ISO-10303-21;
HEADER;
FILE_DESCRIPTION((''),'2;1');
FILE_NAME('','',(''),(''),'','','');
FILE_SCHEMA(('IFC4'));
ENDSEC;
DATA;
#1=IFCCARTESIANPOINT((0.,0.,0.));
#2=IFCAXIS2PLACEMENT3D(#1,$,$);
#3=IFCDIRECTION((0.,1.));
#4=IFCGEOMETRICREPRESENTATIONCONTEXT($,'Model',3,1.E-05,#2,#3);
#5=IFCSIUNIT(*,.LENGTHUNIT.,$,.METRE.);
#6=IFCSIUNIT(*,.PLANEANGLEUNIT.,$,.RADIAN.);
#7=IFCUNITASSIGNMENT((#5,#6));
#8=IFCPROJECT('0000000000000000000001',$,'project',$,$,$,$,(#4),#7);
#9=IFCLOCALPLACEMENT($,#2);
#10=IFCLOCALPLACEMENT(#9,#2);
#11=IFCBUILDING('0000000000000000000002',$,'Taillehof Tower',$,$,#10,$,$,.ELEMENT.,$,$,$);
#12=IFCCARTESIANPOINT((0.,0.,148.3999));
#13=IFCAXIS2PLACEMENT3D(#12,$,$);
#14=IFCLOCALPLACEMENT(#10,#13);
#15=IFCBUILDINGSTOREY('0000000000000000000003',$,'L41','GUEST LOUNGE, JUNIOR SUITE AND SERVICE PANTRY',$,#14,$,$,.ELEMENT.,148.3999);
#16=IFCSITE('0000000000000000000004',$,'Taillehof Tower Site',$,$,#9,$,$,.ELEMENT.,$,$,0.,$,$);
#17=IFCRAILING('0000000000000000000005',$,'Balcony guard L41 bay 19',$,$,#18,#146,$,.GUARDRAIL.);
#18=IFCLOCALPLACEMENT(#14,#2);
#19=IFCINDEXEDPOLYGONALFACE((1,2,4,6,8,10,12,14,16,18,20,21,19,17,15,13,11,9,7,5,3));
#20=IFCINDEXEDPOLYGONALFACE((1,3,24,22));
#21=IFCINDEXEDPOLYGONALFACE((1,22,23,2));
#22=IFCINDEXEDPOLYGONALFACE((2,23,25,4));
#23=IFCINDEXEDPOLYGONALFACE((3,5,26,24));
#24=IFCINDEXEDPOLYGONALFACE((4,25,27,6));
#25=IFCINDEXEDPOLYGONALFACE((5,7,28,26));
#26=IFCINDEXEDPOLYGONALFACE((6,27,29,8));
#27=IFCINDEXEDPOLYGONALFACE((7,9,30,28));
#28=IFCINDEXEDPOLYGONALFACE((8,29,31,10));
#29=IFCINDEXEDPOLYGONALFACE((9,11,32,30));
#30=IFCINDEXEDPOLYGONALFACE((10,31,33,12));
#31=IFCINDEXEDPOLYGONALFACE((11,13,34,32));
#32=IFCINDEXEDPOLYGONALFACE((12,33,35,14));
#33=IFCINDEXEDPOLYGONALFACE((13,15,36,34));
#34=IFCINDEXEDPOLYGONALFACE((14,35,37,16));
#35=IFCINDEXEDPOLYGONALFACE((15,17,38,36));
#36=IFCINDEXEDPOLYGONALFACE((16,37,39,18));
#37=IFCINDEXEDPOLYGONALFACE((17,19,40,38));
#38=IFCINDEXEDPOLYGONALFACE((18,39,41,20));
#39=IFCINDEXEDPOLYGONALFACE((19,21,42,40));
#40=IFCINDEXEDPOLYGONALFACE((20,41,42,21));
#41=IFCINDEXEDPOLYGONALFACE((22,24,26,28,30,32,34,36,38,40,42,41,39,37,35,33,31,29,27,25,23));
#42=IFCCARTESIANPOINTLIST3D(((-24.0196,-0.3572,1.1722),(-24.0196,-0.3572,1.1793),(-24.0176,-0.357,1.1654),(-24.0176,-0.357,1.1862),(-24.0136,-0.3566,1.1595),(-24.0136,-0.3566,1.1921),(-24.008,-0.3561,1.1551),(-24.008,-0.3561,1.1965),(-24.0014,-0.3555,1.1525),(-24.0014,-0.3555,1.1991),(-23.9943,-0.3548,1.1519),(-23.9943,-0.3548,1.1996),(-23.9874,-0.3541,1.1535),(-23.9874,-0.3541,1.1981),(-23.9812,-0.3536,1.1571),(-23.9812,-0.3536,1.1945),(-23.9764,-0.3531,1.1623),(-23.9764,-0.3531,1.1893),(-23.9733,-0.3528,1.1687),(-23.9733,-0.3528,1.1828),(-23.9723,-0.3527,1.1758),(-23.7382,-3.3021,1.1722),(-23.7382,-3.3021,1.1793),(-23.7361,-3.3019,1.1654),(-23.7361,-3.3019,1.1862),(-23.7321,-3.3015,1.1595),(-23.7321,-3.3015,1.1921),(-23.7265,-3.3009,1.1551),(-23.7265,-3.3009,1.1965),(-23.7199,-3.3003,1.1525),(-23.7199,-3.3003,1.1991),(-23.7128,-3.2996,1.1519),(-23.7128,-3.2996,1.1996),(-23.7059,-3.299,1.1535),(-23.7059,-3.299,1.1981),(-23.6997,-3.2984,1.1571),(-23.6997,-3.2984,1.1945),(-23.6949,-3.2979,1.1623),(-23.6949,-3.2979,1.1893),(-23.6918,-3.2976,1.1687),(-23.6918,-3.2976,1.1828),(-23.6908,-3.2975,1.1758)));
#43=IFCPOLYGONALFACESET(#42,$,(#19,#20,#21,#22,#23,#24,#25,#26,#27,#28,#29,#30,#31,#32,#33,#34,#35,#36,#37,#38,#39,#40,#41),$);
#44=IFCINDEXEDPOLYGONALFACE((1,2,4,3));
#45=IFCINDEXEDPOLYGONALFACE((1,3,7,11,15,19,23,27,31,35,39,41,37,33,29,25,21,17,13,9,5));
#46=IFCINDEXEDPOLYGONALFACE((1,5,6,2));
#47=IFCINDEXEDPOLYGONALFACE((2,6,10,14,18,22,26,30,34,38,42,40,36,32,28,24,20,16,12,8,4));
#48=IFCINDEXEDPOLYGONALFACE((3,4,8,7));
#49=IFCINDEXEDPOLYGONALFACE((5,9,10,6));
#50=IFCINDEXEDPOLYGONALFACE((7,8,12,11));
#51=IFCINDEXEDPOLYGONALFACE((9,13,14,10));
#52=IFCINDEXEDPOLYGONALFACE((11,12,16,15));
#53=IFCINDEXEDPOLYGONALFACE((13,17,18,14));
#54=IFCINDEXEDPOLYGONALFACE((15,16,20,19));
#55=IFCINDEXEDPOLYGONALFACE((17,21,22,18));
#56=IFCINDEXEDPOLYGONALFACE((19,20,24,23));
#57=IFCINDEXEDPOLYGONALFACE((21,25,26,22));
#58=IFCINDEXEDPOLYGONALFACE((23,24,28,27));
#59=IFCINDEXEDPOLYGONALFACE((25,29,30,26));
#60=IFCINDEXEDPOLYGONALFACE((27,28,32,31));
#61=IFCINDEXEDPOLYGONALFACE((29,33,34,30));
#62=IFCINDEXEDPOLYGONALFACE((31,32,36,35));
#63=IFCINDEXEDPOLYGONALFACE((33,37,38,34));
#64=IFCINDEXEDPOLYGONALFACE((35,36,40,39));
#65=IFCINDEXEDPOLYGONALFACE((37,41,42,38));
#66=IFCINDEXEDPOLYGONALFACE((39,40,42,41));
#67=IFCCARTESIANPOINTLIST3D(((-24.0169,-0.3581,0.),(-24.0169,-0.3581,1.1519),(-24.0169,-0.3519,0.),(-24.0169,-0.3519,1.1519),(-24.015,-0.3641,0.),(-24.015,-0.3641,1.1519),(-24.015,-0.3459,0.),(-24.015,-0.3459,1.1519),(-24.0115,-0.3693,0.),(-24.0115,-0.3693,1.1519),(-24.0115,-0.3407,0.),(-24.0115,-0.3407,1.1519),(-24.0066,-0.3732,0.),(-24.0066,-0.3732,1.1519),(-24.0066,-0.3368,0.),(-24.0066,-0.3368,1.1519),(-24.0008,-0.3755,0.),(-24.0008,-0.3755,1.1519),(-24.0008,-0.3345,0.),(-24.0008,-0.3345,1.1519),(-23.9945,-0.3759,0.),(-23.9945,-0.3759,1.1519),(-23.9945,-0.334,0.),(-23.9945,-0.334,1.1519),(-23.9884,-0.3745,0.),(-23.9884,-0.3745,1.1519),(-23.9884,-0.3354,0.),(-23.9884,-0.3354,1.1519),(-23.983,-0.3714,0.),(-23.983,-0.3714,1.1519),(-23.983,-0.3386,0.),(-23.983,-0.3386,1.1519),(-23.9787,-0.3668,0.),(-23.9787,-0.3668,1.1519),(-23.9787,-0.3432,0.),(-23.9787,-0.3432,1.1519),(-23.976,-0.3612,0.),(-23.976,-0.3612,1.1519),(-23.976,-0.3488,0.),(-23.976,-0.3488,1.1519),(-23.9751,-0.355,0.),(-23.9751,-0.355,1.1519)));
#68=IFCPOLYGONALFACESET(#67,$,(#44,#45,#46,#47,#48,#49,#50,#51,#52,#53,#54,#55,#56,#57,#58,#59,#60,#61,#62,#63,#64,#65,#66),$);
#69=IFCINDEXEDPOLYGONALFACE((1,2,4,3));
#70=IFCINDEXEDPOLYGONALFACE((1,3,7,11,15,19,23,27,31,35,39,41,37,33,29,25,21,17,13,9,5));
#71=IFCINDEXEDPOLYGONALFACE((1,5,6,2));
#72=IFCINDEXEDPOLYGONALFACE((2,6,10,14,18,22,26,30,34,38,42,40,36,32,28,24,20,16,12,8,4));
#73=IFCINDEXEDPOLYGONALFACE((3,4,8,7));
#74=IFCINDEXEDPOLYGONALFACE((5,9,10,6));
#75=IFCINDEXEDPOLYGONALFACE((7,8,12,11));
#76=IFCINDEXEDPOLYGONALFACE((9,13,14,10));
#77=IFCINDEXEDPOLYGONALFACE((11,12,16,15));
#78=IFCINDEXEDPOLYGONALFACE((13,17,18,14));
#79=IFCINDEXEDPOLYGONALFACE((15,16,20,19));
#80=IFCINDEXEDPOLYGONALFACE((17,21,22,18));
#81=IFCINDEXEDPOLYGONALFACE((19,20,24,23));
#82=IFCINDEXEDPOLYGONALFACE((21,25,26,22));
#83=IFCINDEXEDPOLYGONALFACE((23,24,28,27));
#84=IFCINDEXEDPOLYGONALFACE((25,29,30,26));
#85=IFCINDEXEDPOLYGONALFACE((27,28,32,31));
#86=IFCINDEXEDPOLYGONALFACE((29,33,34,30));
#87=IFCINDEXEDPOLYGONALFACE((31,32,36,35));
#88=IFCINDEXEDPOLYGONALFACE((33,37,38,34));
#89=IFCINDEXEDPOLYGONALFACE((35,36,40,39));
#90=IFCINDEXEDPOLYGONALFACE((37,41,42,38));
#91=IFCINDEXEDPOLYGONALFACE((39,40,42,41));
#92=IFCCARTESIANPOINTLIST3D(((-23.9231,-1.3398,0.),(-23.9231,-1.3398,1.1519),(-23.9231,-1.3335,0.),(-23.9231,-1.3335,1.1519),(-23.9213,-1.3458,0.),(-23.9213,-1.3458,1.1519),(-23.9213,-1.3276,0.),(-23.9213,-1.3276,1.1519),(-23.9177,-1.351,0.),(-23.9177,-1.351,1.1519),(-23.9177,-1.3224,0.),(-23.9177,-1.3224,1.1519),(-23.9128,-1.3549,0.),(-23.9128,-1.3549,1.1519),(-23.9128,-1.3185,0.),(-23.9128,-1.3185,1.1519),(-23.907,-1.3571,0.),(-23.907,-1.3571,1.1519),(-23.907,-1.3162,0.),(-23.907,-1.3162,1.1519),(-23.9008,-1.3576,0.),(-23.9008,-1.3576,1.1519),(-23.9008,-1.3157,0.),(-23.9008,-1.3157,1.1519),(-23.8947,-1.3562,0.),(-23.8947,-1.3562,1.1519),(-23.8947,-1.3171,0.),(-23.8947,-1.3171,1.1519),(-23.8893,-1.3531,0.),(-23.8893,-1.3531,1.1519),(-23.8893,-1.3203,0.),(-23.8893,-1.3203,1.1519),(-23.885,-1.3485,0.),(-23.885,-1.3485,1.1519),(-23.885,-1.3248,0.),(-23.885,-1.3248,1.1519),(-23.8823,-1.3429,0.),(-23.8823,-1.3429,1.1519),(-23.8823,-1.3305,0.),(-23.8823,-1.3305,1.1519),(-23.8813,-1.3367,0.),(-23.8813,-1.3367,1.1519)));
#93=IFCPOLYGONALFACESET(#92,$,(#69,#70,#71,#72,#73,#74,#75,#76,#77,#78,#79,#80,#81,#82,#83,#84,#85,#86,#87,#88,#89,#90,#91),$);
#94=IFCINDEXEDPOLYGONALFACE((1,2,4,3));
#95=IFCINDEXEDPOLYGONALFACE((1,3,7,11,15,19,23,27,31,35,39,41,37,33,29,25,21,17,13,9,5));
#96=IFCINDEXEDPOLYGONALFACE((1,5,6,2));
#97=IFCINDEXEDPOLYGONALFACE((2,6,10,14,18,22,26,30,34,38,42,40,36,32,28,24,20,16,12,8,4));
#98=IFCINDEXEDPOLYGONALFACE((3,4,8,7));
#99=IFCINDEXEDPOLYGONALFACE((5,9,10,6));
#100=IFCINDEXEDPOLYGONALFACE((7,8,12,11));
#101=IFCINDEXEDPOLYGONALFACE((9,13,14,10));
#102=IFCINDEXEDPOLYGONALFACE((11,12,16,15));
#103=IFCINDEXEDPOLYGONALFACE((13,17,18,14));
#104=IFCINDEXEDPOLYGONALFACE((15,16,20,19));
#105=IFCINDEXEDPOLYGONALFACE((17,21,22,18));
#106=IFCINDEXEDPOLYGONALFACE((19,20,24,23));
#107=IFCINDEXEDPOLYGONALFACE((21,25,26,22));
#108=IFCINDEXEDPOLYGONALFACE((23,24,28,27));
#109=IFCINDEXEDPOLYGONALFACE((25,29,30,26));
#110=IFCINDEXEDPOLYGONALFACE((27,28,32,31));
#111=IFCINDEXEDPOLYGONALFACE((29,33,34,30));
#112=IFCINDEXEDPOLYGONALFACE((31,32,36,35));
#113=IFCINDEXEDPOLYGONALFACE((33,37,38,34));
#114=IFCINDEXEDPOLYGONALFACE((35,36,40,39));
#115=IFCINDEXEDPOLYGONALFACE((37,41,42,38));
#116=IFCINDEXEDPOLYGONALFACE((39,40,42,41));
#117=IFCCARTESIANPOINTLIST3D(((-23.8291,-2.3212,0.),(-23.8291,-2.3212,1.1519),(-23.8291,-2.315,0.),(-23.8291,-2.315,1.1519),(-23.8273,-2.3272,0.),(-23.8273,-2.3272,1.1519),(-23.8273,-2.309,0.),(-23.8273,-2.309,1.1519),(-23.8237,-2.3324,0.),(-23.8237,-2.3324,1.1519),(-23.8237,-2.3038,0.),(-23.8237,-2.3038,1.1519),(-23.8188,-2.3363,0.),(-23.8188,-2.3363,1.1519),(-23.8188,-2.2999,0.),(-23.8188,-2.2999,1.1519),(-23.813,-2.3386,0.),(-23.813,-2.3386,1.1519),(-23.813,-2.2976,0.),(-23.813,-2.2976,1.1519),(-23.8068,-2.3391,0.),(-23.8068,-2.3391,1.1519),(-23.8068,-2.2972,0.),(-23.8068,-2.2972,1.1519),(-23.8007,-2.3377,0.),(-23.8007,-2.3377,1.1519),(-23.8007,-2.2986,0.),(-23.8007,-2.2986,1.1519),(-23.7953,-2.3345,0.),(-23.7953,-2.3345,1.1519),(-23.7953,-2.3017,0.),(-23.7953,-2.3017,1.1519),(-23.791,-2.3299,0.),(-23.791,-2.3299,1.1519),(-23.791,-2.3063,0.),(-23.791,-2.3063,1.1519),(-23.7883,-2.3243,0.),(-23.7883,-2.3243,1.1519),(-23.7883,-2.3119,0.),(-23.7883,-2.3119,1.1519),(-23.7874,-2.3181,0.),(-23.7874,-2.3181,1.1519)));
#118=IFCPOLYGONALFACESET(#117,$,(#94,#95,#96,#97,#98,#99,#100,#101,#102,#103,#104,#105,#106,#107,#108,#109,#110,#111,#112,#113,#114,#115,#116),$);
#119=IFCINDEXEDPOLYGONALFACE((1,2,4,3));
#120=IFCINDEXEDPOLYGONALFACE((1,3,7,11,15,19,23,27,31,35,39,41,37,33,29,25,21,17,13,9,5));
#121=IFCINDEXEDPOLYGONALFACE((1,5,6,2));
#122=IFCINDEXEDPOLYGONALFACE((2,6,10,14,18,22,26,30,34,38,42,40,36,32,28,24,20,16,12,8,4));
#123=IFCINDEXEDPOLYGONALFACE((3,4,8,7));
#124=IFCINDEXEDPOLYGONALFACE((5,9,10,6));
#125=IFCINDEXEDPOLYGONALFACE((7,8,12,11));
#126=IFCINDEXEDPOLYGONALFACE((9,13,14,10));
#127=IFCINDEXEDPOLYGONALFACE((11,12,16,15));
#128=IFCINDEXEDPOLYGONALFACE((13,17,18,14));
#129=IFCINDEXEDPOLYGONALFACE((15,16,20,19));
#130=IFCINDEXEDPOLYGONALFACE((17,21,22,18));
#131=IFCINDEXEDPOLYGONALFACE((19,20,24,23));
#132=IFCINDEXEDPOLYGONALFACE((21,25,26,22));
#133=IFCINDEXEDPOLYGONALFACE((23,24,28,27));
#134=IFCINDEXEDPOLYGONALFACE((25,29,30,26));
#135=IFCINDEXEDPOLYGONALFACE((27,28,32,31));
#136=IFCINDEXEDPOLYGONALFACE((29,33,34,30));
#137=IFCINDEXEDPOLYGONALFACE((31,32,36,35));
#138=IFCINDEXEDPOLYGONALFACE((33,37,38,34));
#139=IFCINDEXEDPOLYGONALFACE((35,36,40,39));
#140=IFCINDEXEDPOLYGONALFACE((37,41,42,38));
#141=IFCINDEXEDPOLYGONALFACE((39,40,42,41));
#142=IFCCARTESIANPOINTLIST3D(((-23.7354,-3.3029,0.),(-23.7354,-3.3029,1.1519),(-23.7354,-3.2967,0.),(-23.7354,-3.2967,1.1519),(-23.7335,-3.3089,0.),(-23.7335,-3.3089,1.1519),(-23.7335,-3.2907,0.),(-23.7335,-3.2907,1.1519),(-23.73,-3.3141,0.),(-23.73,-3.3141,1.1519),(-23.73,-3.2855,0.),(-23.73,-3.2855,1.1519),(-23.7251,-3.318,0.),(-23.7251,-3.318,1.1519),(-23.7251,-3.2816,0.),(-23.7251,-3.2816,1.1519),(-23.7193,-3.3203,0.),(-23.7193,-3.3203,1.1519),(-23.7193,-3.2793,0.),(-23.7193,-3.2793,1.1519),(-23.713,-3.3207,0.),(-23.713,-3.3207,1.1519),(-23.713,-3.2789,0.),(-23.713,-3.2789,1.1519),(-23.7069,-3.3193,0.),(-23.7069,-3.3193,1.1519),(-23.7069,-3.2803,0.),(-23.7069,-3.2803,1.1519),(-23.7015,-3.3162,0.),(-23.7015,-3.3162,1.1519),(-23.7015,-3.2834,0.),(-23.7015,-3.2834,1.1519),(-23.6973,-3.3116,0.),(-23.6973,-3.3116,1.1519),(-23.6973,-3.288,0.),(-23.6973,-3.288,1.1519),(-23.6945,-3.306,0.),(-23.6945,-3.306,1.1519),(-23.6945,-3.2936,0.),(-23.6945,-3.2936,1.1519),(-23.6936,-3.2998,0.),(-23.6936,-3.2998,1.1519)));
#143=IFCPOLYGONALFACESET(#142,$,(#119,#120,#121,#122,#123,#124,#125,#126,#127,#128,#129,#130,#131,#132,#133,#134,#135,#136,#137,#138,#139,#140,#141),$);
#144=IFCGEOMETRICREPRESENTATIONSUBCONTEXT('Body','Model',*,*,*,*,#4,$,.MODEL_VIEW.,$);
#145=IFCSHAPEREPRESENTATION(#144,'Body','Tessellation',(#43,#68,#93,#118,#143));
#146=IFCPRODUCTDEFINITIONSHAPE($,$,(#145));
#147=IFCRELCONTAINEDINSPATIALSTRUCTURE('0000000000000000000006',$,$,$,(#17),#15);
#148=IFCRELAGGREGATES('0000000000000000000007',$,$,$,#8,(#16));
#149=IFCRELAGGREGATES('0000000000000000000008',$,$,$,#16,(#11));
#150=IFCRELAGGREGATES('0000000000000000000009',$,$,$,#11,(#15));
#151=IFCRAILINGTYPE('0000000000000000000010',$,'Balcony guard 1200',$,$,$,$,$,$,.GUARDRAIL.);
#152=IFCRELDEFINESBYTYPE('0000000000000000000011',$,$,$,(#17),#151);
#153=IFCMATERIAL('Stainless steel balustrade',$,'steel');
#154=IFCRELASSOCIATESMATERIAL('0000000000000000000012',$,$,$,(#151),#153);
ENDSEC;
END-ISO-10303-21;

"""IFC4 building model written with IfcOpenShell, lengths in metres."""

from ifc_helpers import new_model, si_unit, direction, frame, origin, origin_2d, place, context, subcontext, project, spatial, circle, extrude, material, type_object, element, save


model = new_model("IFC4")

# Units and contexts
model_context = context("Model", 3, precision=1e-05, world=origin(), true_north=direction((0.0, 1.0)))
body_context = subcontext(model_context, "Body", "Model", "MODEL_VIEW")
ifc_project = project(units=[si_unit("LENGTHUNIT", "METRE"), si_unit("PLANEANGLEUNIT", "RADIAN")], contexts=[model_context])

# Site, building, storey
site_placement = place(None, origin())
site = spatial("IfcSite", under=ifc_project, at=site_placement, Name="Taillehof Tower Site", CompositionType="ELEMENT", RefElevation=0.0)
building_placement = place(site_placement, origin())
building = spatial("IfcBuilding", under=site, at=building_placement, Name="Taillehof Tower", CompositionType="ELEMENT")
storey_placement = place(building_placement, frame((0.0, 0.0, 148.3999)))
storey = spatial("IfcBuildingStorey", under=building, at=storey_placement, Name="L41", Description="GUEST LOUNGE, JUNIOR SUITE AND SERVICE PANTRY", CompositionType="ELEMENT", Elevation=148.3999)

# Railing
ifc_material_1 = material(Name="Stainless steel balustrade", Category="steel")
railing_type = type_object("IfcRailingType", Name="Balcony guard 1200", PredefinedType="GUARDRAIL", material=ifc_material_1)
railing_1_placement = place(storey_placement, frame((-23.9961, -0.355, 0.0)))
element("IfcRailing", 1, at=railing_1_placement, inside=storey, type_object=railing_type, Name="Balcony guard L41 bay 19", PredefinedType="GUARDRAIL", context=body_context, shape_type="SweptSolid", body=[
    extrude(circle(Radius=0.0239, at=origin_2d()), frame((0.0, 0.0, 1.1758), z_axis=(0.095156, -0.995462, 0.0), x_axis=(0.995462, 0.095156, 0.0)), (0.0, 0.0, 1.0), 2.9583),
    extrude(circle(Radius=0.021, at=origin_2d()), origin(), (0.0, 0.0, 1.0), 1.1519),
    extrude(circle(Radius=0.021, at=origin_2d()), frame((0.0938, -0.9817, 0.0)), (0.0, 0.0, 1.0), 1.1519),
    extrude(circle(Radius=0.021, at=origin_2d()), frame((0.1877, -1.9631, 0.0)), (0.0, 0.0, 1.0), 1.1519),
    extrude(circle(Radius=0.021, at=origin_2d()), frame((0.2815, -2.9448, 0.0)), (0.0, 0.0, 1.0), 1.1519),
])

save(model, "model.ifc")
